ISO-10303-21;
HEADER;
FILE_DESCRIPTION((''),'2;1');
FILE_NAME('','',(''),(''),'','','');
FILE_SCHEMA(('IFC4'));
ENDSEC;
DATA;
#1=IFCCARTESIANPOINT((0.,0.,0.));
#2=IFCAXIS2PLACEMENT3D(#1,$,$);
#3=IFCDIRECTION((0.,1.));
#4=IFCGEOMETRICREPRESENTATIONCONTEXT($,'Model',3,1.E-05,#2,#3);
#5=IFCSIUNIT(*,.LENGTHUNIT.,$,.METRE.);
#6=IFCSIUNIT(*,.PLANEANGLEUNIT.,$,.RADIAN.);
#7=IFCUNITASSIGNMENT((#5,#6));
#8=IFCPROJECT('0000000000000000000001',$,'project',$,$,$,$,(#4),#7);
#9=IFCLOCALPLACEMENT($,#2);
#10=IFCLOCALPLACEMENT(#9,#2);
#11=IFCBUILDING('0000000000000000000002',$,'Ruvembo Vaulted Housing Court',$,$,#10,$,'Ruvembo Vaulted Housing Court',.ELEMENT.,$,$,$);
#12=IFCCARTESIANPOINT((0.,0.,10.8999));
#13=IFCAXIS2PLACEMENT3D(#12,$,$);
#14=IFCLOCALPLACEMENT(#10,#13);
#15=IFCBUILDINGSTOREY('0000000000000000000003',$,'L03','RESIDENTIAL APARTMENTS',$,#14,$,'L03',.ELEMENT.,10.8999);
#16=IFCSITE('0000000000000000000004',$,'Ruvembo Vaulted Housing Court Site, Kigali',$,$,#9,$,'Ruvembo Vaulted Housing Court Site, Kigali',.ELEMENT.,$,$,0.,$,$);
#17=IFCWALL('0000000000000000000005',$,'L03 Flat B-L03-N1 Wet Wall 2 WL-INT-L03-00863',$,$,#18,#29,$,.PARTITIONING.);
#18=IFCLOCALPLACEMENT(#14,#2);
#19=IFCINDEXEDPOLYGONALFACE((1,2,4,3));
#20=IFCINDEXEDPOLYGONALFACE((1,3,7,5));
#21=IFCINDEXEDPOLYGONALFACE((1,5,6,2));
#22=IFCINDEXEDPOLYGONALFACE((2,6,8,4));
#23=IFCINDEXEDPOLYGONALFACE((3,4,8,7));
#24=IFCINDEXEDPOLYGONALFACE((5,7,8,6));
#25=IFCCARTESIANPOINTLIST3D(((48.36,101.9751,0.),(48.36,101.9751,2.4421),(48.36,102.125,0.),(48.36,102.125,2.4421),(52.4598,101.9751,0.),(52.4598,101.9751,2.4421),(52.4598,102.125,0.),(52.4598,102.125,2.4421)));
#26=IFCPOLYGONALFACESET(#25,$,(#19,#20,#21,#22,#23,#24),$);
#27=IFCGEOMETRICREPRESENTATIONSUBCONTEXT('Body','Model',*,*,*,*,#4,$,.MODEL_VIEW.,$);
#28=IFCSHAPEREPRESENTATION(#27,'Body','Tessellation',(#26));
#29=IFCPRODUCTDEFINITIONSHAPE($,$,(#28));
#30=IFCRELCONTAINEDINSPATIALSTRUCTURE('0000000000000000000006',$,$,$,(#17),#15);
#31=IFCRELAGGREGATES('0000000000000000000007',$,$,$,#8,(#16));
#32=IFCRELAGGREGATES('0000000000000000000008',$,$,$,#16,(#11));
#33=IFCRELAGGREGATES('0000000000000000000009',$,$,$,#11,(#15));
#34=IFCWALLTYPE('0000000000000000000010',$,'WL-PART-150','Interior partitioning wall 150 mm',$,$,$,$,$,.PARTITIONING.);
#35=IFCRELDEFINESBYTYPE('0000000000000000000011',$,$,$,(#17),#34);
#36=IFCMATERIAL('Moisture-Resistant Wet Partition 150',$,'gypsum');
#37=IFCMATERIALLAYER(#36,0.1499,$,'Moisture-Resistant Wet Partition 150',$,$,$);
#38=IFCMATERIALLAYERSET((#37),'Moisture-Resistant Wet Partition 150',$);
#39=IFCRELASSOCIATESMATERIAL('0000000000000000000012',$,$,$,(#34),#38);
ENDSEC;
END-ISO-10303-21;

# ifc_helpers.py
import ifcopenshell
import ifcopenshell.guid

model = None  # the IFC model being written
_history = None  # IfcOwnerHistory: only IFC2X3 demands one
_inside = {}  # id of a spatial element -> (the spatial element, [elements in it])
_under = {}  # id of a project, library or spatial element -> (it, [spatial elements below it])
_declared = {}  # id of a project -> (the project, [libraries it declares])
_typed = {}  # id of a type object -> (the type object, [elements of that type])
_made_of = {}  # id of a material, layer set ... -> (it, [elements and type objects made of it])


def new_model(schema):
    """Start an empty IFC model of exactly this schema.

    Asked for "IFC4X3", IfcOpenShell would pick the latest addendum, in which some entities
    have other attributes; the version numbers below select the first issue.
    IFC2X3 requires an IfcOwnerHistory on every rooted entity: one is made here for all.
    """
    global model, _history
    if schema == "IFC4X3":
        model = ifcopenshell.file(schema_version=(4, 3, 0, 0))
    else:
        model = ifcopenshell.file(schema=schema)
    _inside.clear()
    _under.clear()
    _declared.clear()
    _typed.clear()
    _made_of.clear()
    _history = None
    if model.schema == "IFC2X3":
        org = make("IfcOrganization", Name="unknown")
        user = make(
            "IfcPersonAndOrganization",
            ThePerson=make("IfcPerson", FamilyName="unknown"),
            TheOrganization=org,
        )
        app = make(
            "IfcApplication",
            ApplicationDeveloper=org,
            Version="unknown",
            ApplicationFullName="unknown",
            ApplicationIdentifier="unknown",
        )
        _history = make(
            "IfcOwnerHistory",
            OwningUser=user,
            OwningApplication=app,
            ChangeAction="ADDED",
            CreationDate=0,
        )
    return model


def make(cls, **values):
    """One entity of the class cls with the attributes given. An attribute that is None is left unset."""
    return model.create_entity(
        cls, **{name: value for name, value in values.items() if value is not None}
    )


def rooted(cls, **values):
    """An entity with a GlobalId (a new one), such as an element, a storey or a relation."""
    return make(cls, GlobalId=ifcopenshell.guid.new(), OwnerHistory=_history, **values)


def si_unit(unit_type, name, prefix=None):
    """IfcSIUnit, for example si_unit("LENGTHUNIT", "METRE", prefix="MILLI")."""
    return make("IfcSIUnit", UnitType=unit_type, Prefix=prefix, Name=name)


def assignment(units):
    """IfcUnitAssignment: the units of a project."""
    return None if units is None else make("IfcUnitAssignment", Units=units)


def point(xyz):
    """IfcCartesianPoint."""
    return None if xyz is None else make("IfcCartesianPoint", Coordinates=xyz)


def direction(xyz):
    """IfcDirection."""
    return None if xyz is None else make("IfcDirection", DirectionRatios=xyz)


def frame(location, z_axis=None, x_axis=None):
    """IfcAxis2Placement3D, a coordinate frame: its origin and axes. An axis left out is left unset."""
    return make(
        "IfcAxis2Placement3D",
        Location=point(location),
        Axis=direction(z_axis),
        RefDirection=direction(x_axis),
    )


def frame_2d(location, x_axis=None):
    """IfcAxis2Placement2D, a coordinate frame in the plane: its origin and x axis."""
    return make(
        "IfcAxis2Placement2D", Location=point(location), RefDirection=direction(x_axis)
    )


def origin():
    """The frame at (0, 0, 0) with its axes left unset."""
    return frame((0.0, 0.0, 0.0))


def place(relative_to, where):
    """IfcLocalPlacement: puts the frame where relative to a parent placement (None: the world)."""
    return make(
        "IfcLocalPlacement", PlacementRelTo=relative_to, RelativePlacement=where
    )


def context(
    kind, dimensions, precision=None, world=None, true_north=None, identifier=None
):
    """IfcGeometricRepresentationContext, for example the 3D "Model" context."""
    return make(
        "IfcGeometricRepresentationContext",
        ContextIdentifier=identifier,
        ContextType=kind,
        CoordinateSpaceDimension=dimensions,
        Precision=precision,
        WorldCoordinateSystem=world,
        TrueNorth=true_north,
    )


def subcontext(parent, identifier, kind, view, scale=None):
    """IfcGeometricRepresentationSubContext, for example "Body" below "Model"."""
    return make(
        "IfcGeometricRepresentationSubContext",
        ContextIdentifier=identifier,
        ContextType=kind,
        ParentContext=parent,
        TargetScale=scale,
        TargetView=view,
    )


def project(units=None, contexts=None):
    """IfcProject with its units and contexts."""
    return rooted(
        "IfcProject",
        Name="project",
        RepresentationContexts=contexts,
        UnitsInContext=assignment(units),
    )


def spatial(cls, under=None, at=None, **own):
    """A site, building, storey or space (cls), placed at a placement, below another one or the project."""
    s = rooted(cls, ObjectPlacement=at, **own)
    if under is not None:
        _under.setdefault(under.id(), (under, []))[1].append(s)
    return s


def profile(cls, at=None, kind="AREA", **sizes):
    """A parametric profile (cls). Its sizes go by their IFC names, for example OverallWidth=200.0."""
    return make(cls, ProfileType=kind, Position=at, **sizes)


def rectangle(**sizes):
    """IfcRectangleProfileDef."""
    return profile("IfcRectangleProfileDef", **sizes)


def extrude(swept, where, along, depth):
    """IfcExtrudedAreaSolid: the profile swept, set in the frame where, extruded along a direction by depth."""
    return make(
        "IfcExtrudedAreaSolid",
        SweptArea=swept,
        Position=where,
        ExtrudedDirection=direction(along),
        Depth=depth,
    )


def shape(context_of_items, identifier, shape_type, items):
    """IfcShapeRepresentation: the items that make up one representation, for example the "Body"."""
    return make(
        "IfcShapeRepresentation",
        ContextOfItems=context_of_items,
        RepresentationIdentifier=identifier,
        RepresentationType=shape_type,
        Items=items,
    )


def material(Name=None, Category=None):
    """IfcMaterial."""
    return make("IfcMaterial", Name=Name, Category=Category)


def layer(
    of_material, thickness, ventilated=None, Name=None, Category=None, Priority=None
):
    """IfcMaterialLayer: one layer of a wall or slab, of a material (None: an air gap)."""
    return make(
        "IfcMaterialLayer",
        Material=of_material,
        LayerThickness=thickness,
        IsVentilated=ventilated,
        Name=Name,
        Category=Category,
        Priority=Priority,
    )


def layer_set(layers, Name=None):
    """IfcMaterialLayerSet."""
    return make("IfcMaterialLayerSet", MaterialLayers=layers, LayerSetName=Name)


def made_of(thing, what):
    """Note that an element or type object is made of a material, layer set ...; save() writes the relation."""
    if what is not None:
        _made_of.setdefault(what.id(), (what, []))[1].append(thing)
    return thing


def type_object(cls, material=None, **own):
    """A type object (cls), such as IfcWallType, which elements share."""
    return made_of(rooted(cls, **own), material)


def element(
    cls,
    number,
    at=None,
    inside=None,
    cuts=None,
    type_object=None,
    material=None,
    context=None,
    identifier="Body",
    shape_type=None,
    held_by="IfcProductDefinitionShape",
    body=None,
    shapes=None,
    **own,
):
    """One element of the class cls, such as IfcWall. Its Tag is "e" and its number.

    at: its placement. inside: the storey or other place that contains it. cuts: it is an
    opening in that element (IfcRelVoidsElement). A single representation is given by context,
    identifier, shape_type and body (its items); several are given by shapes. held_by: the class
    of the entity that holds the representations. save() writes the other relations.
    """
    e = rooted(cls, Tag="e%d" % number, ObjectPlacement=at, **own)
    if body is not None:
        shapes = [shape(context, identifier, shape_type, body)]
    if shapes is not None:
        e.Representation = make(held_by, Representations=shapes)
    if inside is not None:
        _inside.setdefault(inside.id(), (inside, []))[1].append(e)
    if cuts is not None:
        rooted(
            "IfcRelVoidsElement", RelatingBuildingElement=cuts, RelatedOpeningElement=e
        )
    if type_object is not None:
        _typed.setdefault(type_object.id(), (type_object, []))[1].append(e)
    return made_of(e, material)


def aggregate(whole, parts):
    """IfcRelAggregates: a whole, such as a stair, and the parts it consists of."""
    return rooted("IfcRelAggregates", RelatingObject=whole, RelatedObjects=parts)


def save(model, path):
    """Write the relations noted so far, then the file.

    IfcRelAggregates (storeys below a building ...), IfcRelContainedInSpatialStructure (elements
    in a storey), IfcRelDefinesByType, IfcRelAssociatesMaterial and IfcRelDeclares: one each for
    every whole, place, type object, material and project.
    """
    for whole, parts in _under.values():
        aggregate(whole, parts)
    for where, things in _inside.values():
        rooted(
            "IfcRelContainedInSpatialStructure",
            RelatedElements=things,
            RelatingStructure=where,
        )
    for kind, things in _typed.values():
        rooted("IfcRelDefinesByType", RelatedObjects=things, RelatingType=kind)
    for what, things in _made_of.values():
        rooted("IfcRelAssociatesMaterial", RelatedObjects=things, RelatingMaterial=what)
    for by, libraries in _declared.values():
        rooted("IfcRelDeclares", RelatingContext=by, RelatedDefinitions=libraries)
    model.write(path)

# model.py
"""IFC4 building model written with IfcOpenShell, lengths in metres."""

from ifc_helpers import new_model, si_unit, direction, frame, frame_2d, origin, place, context, subcontext, project, spatial, rectangle, extrude, material, layer, layer_set, type_object, element, save


model = new_model("IFC4")

# Units and contexts
model_context = context("Model", 3, precision=1e-05, world=origin(), true_north=direction((0.0, 1.0)))
body_context = subcontext(model_context, "Body", "Model", "MODEL_VIEW")
ifc_project = project(units=[si_unit("LENGTHUNIT", "METRE"), si_unit("PLANEANGLEUNIT", "RADIAN")], contexts=[model_context])

# Site, building, storey
site_placement = place(None, origin())
site = spatial("IfcSite", under=ifc_project, at=site_placement, Name="Ruvembo Vaulted Housing Court Site, Kigali", LongName="Ruvembo Vaulted Housing Court Site, Kigali", CompositionType="ELEMENT", RefElevation=0.0)
building_placement = place(site_placement, origin())
building = spatial("IfcBuilding", under=site, at=building_placement, Name="Ruvembo Vaulted Housing Court", LongName="Ruvembo Vaulted Housing Court", CompositionType="ELEMENT")
storey_placement = place(building_placement, frame((0.0, 0.0, 10.8999)))
storey = spatial("IfcBuildingStorey", under=building, at=storey_placement, Name="L03", Description="RESIDENTIAL APARTMENTS", LongName="L03", CompositionType="ELEMENT", Elevation=10.8999)

# Wall
ifc_material_1 = material(Name="Moisture-Resistant Wet Partition 150", Category="gypsum")
ifc_layer_1 = layer(ifc_material_1, 0.1499, Name="Moisture-Resistant Wet Partition 150")
ifc_layer_set_1 = layer_set([ifc_layer_1], Name="Moisture-Resistant Wet Partition 150")
wall_type_1 = type_object("IfcWallType", Name="WL-PART-150", Description="Interior partitioning wall 150 mm", PredefinedType="PARTITIONING", material=ifc_layer_set_1)
wall_1_placement = place(storey_placement, frame((48.3601, 102.05, 0.0), z_axis=(0.0, 0.0, 1.0), x_axis=(1.0, 0.0, 0.0)))
element("IfcWall", 1, at=wall_1_placement, inside=storey, type_object=wall_type_1, Name="L03 Flat B-L03-N1 Wet Wall 2 WL-INT-L03-00863", PredefinedType="PARTITIONING", context=body_context, shape_type="SweptSolid", body=[
    extrude(rectangle(XDim=4.0999, YDim=0.1499, at=frame_2d((2.0498, 0.0))), origin(), (0.0, 0.0, 1.0), 2.4421),
])

save(model, "model.ifc")
